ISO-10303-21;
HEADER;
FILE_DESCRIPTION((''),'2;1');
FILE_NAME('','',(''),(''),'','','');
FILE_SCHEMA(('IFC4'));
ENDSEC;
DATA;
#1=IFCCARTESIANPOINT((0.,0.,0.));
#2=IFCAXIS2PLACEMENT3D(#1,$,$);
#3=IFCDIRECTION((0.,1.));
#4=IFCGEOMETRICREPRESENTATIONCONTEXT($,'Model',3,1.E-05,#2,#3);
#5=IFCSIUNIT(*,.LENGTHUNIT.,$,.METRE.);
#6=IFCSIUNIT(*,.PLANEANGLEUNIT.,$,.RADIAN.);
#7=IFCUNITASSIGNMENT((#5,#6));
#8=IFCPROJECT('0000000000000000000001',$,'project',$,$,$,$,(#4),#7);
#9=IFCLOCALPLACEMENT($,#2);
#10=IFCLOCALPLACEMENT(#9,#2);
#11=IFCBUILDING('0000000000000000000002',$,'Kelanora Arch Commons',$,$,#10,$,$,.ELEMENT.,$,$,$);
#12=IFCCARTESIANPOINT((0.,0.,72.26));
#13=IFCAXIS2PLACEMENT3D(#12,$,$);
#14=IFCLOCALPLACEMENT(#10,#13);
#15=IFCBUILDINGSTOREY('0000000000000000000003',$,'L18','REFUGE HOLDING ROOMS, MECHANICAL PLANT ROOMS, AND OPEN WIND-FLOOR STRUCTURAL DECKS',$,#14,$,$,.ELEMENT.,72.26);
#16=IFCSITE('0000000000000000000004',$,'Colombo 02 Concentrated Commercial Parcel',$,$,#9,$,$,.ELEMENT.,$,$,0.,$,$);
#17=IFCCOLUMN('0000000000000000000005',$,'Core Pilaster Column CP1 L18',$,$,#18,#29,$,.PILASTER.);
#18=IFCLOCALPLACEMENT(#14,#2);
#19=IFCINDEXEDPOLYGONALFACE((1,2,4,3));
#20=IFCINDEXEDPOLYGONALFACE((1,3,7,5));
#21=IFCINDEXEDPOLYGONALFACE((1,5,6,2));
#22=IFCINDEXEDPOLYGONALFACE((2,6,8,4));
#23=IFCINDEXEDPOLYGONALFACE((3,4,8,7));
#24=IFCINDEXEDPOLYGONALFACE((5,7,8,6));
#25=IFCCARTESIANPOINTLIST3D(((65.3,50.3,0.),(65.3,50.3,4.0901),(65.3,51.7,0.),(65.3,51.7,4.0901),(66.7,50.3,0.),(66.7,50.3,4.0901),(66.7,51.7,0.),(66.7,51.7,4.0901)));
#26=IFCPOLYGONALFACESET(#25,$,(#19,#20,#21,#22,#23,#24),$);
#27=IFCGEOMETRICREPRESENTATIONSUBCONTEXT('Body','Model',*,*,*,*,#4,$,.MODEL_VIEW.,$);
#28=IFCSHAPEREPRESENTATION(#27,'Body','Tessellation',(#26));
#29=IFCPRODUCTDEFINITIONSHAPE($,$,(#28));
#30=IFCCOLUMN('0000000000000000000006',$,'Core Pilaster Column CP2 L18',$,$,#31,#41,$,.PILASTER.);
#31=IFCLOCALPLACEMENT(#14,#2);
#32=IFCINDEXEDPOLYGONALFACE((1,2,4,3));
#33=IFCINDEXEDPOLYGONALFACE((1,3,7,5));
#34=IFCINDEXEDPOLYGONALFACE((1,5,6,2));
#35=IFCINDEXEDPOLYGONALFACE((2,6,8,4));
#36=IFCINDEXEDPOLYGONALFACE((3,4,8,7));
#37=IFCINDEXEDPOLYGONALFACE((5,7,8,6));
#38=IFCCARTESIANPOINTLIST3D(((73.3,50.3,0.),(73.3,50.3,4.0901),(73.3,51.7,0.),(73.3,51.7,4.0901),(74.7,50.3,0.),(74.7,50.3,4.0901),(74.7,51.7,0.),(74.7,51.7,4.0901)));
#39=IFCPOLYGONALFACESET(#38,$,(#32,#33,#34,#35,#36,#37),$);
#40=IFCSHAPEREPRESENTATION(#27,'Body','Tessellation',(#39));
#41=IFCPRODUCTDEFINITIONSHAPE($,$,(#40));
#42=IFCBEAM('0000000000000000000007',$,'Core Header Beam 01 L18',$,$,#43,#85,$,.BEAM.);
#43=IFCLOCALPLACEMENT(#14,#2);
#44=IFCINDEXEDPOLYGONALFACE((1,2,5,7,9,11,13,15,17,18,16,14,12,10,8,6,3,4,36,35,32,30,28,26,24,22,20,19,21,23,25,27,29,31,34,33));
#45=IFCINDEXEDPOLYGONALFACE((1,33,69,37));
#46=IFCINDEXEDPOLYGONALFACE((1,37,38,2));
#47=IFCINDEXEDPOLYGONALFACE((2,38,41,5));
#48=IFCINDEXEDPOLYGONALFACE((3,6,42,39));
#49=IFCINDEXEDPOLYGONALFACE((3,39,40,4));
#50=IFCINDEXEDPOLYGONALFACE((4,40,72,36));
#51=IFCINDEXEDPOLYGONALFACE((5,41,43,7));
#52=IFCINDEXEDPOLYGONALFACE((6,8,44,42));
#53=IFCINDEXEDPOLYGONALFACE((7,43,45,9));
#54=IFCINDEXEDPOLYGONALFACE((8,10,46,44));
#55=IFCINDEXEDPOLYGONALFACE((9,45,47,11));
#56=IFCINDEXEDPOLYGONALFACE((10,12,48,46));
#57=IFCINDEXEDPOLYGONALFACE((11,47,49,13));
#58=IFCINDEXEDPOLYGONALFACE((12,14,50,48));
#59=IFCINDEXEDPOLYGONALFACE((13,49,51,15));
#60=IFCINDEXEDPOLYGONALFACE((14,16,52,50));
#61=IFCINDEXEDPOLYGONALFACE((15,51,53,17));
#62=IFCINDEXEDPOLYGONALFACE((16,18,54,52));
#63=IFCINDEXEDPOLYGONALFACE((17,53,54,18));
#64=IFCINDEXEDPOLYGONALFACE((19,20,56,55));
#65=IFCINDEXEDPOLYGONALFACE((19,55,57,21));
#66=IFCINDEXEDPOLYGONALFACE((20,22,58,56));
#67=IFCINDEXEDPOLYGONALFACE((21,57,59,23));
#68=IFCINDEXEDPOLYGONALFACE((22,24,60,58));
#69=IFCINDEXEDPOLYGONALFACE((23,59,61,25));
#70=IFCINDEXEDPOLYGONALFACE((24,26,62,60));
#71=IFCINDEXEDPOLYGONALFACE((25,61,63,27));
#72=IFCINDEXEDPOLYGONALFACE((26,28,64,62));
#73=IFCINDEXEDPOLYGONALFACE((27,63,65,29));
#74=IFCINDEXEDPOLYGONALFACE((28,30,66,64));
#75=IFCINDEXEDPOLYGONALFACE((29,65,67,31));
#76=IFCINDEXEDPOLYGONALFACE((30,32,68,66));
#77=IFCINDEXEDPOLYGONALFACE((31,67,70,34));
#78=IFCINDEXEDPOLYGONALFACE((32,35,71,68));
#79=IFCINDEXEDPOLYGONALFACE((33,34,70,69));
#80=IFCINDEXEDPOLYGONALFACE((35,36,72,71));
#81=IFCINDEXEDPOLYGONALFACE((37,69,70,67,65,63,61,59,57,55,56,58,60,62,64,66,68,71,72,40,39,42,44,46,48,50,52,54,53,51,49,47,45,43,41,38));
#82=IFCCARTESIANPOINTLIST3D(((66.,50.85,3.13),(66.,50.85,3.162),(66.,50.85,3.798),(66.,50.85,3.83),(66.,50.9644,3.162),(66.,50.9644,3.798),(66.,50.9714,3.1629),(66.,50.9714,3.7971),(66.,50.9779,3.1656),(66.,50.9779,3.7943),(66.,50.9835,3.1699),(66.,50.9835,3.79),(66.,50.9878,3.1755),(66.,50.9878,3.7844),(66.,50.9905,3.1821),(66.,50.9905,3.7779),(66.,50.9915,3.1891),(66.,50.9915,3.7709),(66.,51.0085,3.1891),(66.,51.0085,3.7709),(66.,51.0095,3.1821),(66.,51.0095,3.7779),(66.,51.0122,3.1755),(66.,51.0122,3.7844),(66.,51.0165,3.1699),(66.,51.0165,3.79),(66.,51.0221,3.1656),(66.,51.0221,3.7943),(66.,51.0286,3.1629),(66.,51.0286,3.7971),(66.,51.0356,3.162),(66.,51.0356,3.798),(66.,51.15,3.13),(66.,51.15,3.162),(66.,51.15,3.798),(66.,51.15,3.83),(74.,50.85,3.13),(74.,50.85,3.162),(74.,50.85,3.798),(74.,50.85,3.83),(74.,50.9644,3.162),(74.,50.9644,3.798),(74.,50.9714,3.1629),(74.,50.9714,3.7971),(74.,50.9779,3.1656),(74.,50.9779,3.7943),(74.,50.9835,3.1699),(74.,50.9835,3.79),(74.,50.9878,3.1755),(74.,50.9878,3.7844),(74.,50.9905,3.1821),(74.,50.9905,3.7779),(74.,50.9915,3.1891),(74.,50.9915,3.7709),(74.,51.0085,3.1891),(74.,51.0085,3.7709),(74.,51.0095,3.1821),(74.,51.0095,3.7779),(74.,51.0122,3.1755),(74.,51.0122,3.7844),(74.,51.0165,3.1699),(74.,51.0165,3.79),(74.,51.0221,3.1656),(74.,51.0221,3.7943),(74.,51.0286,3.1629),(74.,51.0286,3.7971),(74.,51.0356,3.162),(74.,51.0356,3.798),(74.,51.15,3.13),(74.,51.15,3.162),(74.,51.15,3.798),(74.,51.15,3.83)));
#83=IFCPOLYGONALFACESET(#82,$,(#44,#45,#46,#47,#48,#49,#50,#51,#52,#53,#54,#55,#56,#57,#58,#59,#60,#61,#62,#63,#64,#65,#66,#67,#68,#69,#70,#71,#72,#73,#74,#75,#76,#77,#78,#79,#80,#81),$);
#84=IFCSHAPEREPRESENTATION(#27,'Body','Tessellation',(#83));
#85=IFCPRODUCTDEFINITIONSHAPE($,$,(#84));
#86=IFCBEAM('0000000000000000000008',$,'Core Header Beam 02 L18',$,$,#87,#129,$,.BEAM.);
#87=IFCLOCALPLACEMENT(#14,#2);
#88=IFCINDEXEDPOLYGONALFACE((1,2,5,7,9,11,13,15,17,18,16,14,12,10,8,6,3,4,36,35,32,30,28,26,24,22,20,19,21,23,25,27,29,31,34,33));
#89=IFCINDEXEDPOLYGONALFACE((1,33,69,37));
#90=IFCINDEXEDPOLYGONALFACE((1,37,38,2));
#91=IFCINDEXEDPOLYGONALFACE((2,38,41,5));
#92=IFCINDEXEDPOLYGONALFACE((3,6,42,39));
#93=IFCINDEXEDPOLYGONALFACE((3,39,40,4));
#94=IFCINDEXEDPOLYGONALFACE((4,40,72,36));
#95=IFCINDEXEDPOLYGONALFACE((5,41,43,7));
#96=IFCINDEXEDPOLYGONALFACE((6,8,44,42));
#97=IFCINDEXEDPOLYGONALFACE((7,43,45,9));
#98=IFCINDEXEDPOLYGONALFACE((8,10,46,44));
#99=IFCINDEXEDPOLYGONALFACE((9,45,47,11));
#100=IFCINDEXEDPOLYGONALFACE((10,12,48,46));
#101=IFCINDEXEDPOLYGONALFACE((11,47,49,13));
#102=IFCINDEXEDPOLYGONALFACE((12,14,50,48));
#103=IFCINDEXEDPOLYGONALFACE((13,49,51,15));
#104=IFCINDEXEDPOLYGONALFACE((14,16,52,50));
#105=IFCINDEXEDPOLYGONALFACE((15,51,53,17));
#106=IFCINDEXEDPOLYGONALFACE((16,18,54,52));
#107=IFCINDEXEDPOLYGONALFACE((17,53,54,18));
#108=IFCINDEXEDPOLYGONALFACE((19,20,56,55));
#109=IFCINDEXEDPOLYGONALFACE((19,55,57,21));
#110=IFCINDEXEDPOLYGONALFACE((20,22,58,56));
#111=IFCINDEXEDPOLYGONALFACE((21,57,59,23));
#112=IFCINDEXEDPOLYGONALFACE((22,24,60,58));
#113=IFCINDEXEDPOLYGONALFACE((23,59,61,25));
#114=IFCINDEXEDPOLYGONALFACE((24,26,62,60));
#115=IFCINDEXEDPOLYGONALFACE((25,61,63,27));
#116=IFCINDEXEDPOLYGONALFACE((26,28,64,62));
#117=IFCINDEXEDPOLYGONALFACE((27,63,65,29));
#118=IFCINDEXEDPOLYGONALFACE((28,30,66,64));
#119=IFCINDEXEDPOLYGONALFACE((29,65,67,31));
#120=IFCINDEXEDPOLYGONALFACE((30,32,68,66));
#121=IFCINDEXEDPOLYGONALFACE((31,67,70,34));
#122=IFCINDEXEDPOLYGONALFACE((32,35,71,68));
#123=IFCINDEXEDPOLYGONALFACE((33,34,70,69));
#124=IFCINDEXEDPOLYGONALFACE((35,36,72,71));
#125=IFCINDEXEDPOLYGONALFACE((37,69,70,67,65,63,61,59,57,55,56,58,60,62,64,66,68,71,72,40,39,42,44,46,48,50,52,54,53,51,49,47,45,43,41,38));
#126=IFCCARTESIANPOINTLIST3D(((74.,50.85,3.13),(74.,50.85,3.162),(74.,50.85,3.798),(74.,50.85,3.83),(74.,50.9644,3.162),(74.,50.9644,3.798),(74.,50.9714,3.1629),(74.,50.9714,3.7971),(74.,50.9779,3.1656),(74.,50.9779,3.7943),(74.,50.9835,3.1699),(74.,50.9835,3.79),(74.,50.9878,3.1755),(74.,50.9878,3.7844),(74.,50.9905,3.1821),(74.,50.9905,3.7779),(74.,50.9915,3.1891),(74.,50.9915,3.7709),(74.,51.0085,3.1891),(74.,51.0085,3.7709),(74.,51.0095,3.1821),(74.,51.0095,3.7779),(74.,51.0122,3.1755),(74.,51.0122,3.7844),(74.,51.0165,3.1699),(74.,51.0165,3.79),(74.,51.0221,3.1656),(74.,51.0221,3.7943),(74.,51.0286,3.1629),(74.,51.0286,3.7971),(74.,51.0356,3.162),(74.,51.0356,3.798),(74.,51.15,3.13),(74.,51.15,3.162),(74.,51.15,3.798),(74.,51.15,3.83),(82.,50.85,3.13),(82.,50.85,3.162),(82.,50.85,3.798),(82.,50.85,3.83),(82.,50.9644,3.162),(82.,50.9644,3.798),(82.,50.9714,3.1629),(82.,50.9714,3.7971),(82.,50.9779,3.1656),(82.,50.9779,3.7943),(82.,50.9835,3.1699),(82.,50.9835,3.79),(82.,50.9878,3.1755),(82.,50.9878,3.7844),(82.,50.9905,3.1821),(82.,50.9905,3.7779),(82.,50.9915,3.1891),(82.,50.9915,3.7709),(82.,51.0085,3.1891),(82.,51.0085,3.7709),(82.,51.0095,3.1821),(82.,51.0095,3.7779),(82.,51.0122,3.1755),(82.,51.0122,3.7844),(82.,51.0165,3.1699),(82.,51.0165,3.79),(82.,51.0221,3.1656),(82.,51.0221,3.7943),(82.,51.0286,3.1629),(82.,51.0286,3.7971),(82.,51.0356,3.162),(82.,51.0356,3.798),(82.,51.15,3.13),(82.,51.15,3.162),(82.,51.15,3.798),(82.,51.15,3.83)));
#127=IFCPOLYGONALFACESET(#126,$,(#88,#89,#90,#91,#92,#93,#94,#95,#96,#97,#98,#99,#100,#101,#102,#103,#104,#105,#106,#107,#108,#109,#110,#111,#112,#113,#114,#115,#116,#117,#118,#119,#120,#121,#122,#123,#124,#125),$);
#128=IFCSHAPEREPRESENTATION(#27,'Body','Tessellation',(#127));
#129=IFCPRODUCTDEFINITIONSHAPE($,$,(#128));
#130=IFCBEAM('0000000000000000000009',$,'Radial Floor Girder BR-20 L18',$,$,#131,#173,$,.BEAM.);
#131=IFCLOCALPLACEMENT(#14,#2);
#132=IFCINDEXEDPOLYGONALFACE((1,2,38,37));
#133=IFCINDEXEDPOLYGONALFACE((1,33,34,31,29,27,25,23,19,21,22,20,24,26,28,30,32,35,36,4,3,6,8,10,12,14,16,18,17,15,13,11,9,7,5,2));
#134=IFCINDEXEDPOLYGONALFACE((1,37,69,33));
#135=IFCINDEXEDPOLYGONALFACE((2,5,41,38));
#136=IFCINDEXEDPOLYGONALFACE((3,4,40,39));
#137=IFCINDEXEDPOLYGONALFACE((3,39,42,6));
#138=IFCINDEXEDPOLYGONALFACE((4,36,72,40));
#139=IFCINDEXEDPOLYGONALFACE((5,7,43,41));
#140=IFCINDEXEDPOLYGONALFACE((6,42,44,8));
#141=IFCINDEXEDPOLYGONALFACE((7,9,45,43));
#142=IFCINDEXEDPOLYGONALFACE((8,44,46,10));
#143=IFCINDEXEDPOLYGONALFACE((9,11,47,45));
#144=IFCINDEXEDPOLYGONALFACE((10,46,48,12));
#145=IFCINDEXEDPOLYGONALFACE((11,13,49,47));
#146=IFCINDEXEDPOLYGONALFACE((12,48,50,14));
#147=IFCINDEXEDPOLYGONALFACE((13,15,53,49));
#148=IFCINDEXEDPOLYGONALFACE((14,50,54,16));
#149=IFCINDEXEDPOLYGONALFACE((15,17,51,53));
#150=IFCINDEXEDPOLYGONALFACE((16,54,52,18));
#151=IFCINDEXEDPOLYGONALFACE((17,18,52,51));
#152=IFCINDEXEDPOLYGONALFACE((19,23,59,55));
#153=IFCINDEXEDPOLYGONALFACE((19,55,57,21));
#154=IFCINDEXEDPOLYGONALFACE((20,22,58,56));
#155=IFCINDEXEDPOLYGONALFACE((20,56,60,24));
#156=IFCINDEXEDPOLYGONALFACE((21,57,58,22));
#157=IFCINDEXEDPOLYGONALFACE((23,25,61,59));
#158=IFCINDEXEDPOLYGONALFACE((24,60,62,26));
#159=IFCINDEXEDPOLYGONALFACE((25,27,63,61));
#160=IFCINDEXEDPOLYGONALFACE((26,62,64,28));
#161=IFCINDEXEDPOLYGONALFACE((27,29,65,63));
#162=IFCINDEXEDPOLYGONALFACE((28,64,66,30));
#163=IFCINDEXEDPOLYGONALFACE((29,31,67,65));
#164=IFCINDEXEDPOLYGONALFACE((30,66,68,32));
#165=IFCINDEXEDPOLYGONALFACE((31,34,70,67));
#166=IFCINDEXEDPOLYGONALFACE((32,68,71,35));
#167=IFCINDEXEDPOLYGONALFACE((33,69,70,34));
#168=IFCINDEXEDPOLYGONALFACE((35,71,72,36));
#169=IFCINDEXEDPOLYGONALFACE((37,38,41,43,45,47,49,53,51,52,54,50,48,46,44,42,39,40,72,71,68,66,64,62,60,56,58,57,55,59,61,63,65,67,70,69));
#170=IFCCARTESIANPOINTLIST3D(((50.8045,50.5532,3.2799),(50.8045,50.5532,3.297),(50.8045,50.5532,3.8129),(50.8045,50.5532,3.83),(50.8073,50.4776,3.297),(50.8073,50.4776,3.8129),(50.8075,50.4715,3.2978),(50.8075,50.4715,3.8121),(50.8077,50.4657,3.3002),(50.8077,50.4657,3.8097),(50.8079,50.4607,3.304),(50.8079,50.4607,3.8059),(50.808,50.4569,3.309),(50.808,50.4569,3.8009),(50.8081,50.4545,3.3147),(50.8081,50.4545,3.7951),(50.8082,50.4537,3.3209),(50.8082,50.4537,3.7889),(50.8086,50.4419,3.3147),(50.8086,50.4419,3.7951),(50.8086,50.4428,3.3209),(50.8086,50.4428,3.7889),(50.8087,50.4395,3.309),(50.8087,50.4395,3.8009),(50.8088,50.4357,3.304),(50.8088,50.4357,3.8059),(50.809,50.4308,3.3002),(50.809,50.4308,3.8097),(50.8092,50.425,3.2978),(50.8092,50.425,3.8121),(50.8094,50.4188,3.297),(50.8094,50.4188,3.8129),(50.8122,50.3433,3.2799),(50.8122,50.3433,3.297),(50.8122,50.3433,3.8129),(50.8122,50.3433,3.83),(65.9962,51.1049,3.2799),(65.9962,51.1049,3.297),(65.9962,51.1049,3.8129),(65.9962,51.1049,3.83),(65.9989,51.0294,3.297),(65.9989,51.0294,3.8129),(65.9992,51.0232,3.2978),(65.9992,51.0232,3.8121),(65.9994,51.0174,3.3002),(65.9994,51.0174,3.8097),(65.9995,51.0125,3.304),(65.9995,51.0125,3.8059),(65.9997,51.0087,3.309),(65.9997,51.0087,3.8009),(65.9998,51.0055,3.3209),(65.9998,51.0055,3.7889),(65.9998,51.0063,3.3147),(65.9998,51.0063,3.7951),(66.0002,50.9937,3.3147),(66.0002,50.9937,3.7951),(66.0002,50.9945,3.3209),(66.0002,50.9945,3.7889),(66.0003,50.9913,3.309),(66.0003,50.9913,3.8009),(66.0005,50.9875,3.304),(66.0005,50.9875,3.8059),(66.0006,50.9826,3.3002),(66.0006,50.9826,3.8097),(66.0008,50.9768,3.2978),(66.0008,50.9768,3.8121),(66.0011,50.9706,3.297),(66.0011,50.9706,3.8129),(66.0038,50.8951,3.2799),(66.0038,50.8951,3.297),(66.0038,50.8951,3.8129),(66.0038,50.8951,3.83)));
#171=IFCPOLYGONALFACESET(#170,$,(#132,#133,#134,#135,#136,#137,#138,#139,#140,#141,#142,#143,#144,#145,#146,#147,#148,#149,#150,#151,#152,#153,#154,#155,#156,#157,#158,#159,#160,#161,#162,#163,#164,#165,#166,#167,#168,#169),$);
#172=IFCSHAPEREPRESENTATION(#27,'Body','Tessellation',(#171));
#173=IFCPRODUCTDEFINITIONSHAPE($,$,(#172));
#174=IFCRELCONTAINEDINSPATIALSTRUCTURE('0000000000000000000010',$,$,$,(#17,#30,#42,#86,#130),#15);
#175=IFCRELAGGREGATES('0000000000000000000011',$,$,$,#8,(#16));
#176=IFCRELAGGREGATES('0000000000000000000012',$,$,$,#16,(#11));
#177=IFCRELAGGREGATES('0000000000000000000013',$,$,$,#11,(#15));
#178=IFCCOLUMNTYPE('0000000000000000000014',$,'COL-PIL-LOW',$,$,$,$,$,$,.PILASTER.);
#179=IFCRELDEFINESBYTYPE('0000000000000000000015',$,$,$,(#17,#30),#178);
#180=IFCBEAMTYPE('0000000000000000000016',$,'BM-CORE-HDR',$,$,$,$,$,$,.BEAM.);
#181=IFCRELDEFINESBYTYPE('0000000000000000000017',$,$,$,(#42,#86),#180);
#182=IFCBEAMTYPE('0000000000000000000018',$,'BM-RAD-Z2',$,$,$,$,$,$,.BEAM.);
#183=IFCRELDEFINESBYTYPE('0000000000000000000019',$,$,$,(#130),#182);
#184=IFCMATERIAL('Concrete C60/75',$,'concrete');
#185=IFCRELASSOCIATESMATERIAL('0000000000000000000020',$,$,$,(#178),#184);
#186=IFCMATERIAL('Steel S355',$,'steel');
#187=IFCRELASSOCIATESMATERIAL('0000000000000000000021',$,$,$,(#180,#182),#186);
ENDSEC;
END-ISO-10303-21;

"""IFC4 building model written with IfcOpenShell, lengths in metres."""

from ifc_helpers import new_model, si_unit, direction, frame, origin, origin_2d, place, context, subcontext, project, spatial, rectangle, i_section, extrude, material, material_profile, profile_set, type_object, element, save


model = new_model("IFC4")

# Units and contexts
model_context = context("Model", 3, precision=1e-05, world=origin(), true_north=direction((0.0, 1.0)))
body_context = subcontext(model_context, "Body", "Model", "MODEL_VIEW")
ifc_project = project(units=[si_unit("LENGTHUNIT", "METRE"), si_unit("PLANEANGLEUNIT", "RADIAN")], contexts=[model_context])

# Site, building, storey
site_placement = place(None, origin())
site = spatial("IfcSite", under=ifc_project, at=site_placement, Name="Colombo 02 Concentrated Commercial Parcel", CompositionType="ELEMENT", RefElevation=0.0)
building_placement = place(site_placement, origin())
building = spatial("IfcBuilding", under=site, at=building_placement, Name="Kelanora Arch Commons", CompositionType="ELEMENT")
storey_placement = place(building_placement, frame((0.0, 0.0, 72.26)))
storey = spatial("IfcBuildingStorey", under=building, at=storey_placement, Name="L18", Description="REFUGE HOLDING ROOMS, MECHANICAL PLANT ROOMS, AND OPEN WIND-FLOOR STRUCTURAL DECKS", CompositionType="ELEMENT", Elevation=72.26)

# Columns
ifc_material_1 = material(Name="Concrete C60/75", Category="concrete")
ifc_material_profile_1 = material_profile(ifc_material_1, rectangle(XDim=1.3999, YDim=1.3999, at=origin_2d()), Name="RC1400x1400")
ifc_profile_set_1 = profile_set([ifc_material_profile_1], Name="Concrete C60/75")
column_type = type_object("IfcColumnType", Name="COL-PIL-LOW", PredefinedType="PILASTER", material=ifc_profile_set_1)
for number, where, z_axis, x_axis, name in (
    (1, (66.0, 51.0, 0.0), (0.0, 0.0, 1.0), (1.0, 0.0, 0.0), "Core Pilaster Column CP1 L18"),
    (2, (74.0, 51.0, 0.0), (0.0, 0.0, 1.0), (1.0, 0.0, 0.0), "Core Pilaster Column CP2 L18"),
):
    element("IfcColumn", number, at=place(storey_placement, frame(where, z_axis=z_axis, x_axis=x_axis)), inside=storey, type_object=column_type, Name=name, PredefinedType="PILASTER", context=body_context, shape_type="SweptSolid", body=[
        extrude(rectangle(XDim=1.3999, YDim=1.3999, at=origin_2d()), origin(), (0.0, 0.0, 1.0), 4.0901),
    ])

# Beams
ifc_material_2 = material(Name="Steel S355", Category="steel")
ifc_material_profile_2 = material_profile(ifc_material_2, i_section(OverallWidth=0.3, OverallDepth=0.7, WebThickness=0.0171, FlangeThickness=0.032, FilletRadius=0.0271, at=origin_2d()), Name="HEB700")
ifc_profile_set_2 = profile_set([ifc_material_profile_2], Name="Steel S355")
beam_type_1 = type_object("IfcBeamType", Name="BM-CORE-HDR", PredefinedType="BEAM", material=ifc_profile_set_2)
for number, where, z_axis, x_axis, name in (
    (3, (66.0, 51.0, 3.48), (1.0, 0.0, 0.0), (0.0, 1.0, 0.0), "Core Header Beam 01 L18"),
    (4, (74.0, 51.0, 3.48), (1.0, 0.0, 0.0), (0.0, 1.0, 0.0), "Core Header Beam 02 L18"),
):
    element("IfcBeam", number, at=place(storey_placement, frame(where, z_axis=z_axis, x_axis=x_axis)), inside=storey, type_object=beam_type_1, Name=name, PredefinedType="BEAM", context=body_context, shape_type="SweptSolid", body=[
        extrude(i_section(OverallWidth=0.3, OverallDepth=0.7, WebThickness=0.0171, FlangeThickness=0.032, FilletRadius=0.0271, at=origin_2d()), origin(), (0.0, 0.0, 1.0), 8.0),
    ])
ifc_material_profile_3 = material_profile(ifc_material_2, i_section(OverallWidth=0.21, OverallDepth=0.55, WebThickness=0.011, FlangeThickness=0.0171, FilletRadius=0.0239, at=origin_2d()), Name="IPE550")
ifc_profile_set_3 = profile_set([ifc_material_profile_3], Name="Steel S355")
beam_type_2 = type_object("IfcBeamType", Name="BM-RAD-Z2", PredefinedType="BEAM", material=ifc_profile_set_3)
beam_1_placement = place(storey_placement, frame((66.0, 51.0, 3.5549), z_axis=(-0.999341, -0.036296, 0.0), x_axis=(0.036296, -0.999341, 0.0)))
element("IfcBeam", 5, at=beam_1_placement, inside=storey, type_object=beam_type_2, Name="Radial Floor Girder BR-20 L18", PredefinedType="BEAM", context=body_context, shape_type="SweptSolid", body=[
    extrude(i_section(OverallWidth=0.21, OverallDepth=0.55, WebThickness=0.011, FlangeThickness=0.0171, FilletRadius=0.0239, at=origin_2d()), origin(), (0.0, 0.0, 1.0), 15.2017),
])

save(model, "model.ifc")
